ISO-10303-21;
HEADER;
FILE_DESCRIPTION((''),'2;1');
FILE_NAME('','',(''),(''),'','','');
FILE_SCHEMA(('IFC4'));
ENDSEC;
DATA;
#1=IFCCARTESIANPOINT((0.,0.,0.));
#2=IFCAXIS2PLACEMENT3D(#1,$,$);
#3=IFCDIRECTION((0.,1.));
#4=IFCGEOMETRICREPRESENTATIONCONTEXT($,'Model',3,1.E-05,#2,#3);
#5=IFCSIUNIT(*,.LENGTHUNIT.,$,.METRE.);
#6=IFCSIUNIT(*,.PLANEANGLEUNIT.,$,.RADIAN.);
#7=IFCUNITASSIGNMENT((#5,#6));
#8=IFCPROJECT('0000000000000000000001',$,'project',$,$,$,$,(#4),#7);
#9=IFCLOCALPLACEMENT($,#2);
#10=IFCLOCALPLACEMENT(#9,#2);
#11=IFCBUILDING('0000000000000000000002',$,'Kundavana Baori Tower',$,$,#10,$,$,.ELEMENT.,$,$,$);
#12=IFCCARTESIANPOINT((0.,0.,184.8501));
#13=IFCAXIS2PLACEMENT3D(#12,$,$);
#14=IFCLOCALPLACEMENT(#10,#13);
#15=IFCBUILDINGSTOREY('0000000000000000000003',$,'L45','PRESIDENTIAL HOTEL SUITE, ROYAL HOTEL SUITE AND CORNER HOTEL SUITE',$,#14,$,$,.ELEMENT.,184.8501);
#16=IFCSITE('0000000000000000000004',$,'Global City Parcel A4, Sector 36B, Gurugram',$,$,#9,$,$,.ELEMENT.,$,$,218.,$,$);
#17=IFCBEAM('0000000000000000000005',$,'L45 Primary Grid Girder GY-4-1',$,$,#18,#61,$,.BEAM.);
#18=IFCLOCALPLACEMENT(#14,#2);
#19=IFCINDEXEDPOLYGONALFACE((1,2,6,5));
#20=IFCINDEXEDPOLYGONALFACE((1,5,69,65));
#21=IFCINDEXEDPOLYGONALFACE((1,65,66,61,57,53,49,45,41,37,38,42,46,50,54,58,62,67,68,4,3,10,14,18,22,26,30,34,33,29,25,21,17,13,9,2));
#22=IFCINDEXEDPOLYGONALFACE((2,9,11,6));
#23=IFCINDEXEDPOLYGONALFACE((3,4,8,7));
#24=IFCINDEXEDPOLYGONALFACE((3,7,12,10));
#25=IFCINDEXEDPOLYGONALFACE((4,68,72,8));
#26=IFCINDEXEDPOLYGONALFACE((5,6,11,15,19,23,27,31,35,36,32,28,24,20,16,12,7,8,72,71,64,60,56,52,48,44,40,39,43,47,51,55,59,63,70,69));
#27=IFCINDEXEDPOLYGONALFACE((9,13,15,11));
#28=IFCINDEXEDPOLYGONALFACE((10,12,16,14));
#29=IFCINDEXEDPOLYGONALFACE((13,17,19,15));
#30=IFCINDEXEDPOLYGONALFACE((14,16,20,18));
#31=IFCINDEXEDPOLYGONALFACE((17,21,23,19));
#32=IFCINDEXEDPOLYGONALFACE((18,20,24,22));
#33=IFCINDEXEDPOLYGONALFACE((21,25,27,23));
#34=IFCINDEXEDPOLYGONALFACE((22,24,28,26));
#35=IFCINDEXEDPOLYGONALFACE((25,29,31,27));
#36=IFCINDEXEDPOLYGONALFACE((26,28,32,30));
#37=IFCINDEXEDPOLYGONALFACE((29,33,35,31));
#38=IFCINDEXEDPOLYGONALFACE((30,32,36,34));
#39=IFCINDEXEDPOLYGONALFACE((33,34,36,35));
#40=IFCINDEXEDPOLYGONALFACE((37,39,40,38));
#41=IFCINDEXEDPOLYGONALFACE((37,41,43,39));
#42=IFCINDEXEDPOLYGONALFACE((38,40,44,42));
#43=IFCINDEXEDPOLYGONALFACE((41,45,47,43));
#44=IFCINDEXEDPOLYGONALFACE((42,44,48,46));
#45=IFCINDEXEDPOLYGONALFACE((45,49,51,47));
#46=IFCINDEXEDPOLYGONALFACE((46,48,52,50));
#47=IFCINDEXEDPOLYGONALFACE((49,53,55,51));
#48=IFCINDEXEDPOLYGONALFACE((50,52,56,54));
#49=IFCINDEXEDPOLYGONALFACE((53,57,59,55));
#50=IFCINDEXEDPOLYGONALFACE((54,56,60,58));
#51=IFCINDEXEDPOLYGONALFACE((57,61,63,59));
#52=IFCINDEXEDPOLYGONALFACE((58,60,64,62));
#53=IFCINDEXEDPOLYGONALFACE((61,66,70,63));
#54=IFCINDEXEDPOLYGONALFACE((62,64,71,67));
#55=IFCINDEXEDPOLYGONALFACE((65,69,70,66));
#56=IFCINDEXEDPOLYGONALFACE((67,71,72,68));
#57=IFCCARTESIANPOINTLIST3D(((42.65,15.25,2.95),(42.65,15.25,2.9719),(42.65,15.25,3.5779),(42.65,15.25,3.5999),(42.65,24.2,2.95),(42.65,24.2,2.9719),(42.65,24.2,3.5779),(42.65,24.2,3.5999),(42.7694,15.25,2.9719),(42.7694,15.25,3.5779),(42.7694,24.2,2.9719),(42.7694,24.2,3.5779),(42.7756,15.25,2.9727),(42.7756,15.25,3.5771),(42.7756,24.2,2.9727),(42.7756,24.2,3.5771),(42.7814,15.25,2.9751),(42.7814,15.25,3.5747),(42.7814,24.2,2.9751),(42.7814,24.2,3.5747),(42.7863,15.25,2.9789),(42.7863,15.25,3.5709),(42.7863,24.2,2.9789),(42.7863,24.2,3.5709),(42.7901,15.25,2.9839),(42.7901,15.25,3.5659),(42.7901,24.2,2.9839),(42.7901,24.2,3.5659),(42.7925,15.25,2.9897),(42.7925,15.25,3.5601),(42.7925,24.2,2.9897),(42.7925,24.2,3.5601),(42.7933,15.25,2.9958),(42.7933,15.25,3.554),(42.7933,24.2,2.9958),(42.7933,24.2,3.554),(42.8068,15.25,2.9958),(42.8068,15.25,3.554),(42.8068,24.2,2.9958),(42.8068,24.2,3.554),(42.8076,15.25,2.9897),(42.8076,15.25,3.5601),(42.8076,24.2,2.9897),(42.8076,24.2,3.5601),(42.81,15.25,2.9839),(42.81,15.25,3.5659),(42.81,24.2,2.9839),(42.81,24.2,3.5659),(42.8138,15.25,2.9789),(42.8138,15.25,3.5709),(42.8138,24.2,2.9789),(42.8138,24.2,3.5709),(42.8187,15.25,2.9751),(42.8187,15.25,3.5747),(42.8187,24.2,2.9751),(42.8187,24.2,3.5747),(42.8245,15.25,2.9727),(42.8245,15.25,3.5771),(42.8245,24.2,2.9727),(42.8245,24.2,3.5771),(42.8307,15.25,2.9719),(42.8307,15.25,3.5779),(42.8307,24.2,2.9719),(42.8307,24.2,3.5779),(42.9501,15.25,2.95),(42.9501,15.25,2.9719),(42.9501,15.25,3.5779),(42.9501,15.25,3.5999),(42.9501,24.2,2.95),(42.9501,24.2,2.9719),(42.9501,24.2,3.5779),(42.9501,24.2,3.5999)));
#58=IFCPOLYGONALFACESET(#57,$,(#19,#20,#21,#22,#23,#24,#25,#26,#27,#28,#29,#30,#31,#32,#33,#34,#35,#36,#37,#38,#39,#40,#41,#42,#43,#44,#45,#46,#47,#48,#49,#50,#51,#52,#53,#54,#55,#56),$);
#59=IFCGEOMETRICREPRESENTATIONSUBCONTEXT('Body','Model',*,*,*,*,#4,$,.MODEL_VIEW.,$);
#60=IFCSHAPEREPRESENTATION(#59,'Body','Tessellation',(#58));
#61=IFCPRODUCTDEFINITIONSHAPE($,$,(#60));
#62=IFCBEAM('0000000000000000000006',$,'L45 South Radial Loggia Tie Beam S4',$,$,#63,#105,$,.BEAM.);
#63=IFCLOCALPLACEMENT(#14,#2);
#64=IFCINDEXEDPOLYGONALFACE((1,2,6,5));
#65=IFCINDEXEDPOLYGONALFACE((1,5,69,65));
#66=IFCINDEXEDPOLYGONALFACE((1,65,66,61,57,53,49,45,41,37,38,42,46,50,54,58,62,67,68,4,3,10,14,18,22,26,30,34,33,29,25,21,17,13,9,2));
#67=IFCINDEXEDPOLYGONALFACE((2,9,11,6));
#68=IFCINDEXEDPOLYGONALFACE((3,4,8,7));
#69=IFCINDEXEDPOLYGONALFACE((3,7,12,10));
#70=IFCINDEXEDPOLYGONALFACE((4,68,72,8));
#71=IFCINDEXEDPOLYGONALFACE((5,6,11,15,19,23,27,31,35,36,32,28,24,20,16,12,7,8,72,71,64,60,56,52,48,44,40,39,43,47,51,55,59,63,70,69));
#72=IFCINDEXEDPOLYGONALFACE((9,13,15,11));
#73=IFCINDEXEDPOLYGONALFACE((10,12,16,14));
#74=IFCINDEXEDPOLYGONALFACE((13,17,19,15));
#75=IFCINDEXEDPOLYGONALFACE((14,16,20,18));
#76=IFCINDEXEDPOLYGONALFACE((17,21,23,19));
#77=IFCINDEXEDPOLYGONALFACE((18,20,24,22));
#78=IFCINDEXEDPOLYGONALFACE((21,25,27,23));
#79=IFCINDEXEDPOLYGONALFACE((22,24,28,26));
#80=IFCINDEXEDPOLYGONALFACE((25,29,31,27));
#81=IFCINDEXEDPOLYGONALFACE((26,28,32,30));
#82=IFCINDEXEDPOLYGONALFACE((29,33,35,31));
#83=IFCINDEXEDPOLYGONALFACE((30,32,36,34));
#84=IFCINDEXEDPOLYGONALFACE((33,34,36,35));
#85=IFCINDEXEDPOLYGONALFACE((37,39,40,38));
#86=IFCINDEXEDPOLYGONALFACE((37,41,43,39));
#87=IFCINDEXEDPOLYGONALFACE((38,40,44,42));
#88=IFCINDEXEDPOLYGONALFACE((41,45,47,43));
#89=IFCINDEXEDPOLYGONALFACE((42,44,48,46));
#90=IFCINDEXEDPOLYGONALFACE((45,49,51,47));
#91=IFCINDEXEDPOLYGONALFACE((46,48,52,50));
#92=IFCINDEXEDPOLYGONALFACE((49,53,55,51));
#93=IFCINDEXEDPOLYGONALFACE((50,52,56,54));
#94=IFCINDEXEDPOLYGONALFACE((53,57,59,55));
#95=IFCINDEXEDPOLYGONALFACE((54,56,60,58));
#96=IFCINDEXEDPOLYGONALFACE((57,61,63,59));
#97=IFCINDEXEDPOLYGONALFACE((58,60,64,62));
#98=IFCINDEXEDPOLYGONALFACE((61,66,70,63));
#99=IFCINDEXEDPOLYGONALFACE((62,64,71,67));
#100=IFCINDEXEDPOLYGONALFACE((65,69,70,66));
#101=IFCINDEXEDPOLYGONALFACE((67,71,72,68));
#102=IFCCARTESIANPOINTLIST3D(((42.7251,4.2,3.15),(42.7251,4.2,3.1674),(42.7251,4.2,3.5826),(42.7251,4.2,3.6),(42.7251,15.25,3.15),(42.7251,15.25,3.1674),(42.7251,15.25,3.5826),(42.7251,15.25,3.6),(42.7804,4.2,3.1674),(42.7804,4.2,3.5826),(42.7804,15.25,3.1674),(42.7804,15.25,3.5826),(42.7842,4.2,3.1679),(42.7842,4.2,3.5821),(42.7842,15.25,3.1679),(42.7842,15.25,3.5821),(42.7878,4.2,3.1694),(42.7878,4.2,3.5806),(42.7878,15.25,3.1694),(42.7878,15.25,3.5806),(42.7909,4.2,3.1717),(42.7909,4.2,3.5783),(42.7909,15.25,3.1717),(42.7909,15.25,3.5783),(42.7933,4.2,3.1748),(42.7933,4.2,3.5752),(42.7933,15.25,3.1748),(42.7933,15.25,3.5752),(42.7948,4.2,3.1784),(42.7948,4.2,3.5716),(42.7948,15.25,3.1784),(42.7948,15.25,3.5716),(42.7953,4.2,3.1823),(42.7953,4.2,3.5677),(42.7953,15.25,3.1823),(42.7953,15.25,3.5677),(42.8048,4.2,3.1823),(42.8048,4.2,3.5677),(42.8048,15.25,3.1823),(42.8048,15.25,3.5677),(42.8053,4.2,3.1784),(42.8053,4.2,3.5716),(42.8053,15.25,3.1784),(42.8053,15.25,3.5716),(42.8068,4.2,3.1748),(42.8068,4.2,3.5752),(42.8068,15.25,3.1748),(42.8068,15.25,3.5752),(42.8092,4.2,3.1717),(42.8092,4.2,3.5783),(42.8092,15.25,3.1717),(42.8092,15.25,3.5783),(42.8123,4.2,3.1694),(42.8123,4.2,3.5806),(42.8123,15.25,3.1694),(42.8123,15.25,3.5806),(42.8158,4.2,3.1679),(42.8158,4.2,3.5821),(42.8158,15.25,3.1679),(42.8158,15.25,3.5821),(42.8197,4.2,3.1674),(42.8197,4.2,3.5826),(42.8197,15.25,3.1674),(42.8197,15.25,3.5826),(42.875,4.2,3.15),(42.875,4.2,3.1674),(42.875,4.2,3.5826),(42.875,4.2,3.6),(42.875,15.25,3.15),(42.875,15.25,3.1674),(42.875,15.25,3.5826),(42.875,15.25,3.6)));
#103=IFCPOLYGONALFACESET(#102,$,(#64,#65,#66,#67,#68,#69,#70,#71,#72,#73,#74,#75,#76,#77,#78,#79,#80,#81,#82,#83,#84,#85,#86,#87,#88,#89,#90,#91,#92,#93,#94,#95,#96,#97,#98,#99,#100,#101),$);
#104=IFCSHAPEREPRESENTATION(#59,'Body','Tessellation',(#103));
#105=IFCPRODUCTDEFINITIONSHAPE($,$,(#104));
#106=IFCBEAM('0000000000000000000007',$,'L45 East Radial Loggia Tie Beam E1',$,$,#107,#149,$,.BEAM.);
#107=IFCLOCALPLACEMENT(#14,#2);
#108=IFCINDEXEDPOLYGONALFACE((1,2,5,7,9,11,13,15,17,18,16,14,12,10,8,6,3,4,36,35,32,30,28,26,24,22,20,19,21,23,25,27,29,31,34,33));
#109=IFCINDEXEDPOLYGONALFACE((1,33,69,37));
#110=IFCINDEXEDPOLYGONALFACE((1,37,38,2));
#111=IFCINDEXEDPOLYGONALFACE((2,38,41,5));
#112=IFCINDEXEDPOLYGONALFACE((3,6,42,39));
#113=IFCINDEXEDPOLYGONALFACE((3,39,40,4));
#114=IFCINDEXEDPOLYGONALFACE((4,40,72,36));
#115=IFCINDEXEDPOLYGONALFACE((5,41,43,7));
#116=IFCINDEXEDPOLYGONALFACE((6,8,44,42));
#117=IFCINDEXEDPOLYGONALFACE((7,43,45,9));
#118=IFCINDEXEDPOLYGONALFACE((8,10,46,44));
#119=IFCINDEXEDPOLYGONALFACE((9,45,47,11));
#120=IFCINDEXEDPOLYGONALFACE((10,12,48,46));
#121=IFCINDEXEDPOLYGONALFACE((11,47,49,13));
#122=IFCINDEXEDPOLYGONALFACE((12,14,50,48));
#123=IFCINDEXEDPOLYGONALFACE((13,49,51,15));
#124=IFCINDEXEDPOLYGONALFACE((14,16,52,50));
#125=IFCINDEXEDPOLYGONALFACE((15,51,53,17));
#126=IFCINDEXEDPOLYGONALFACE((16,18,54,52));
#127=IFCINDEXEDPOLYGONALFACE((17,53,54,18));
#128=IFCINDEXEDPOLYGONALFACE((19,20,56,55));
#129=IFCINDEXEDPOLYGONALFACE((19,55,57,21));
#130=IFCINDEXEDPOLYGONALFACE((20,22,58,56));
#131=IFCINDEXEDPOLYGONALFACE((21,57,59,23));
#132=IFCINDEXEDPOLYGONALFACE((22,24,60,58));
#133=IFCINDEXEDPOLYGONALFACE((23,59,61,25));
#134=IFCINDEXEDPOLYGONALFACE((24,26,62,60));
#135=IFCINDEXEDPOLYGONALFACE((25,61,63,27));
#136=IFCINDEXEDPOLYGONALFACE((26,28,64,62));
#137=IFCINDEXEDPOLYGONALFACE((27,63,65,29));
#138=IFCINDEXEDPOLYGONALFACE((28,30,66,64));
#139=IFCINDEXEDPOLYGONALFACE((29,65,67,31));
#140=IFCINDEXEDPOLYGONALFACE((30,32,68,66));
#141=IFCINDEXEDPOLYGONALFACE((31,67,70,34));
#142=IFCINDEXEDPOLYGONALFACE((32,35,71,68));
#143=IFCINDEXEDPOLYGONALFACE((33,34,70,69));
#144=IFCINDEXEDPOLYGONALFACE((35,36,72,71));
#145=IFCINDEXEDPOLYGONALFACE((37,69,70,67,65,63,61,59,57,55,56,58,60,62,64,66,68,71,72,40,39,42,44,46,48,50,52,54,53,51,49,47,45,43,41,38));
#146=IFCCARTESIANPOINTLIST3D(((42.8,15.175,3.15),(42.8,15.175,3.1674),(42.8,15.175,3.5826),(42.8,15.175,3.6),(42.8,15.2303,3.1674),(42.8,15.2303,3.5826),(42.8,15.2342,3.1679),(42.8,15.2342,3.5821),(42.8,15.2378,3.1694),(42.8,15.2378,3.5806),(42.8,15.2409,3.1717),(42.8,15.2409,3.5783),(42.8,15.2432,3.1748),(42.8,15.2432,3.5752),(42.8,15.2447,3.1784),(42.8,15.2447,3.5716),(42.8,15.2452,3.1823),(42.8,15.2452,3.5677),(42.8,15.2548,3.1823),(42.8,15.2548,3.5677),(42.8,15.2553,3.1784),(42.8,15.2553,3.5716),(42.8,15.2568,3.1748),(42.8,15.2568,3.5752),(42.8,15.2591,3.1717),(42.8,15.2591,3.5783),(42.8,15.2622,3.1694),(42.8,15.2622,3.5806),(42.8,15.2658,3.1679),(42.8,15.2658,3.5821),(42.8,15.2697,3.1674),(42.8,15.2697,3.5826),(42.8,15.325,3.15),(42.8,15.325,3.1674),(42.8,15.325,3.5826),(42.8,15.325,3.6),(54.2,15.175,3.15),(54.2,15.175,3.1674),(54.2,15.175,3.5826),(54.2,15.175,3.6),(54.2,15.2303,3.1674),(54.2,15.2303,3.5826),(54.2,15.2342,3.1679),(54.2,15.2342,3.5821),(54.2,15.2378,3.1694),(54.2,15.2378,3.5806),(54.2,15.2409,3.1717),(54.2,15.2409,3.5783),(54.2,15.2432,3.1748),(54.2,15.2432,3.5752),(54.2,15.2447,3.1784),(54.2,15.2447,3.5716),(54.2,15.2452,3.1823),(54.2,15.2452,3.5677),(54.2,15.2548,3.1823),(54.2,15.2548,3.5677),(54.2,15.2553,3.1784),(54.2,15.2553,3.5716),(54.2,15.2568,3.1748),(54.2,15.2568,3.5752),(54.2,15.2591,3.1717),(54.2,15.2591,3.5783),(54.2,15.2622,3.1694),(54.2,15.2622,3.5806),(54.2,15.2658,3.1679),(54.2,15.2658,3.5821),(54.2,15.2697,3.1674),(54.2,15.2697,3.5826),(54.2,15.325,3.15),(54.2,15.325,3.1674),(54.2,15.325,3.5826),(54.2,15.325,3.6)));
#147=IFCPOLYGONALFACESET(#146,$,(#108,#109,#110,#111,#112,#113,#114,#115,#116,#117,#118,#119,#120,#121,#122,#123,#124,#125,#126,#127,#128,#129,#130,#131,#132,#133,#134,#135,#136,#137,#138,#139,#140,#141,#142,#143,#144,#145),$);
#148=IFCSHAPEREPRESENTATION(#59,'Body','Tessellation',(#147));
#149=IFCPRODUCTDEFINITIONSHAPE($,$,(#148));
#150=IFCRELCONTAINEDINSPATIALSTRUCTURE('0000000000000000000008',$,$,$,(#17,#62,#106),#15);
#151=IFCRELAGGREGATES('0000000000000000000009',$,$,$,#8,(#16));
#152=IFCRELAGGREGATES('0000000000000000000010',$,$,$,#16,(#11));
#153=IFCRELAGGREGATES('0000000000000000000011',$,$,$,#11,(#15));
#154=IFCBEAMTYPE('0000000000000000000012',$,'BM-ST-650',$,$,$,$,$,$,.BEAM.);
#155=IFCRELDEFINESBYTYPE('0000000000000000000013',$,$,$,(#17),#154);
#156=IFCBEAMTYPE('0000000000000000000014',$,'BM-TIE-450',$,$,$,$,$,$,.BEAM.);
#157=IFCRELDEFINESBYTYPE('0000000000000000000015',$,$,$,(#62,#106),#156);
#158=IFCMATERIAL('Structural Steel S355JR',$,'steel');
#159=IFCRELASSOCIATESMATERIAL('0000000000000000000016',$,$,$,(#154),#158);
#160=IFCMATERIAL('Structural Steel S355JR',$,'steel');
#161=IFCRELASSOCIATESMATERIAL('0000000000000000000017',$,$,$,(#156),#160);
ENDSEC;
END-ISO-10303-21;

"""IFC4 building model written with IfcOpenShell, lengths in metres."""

from ifc_helpers import new_model, si_unit, direction, frame, origin, origin_2d, place, context, subcontext, project, spatial, i_section, extrude, material, material_profile, profile_set, type_object, element, save


model = new_model("IFC4")

# Units and contexts
model_context = context("Model", 3, precision=1e-05, world=origin(), true_north=direction((0.0, 1.0)))
body_context = subcontext(model_context, "Body", "Model", "MODEL_VIEW")
ifc_project = project(units=[si_unit("LENGTHUNIT", "METRE"), si_unit("PLANEANGLEUNIT", "RADIAN")], contexts=[model_context])

# Site, building, storey
site_placement = place(None, origin())
site = spatial("IfcSite", under=ifc_project, at=site_placement, Name="Global City Parcel A4, Sector 36B, Gurugram", CompositionType="ELEMENT", RefElevation=218.0)
building_placement = place(site_placement, origin())
building = spatial("IfcBuilding", under=site, at=building_placement, Name="Kundavana Baori Tower", CompositionType="ELEMENT")
storey_placement = place(building_placement, frame((0.0, 0.0, 184.8501)))
storey = spatial("IfcBuildingStorey", under=building, at=storey_placement, Name="L45", Description="PRESIDENTIAL HOTEL SUITE, ROYAL HOTEL SUITE AND CORNER HOTEL SUITE", CompositionType="ELEMENT", Elevation=184.8501)

# Beams
ifc_material_1 = material(Name="Structural Steel S355JR", Category="steel")
ifc_material_profile_1 = material_profile(ifc_material_1, i_section(OverallWidth=0.3, OverallDepth=0.6499, WebThickness=0.0134, FlangeThickness=0.022, FilletRadius=0.0239, at=origin_2d()), Name="NPB 650x300x155")
ifc_profile_set_1 = profile_set([ifc_material_profile_1], Name="Structural Steel S355JR")
beam_type_1 = type_object("IfcBeamType", Name="BM-ST-650", PredefinedType="BEAM", material=ifc_profile_set_1)
beam_1_placement = place(storey_placement, frame((42.8, 15.25, 3.2749), z_axis=(0.0, 1.0, 0.0), x_axis=(-1.0, 0.0, 0.0)))
element("IfcBeam", 1, at=beam_1_placement, inside=storey, type_object=beam_type_1, Name="L45 Primary Grid Girder GY-4-1", PredefinedType="BEAM", context=body_context, shape_type="SweptSolid", body=[
    extrude(i_section(OverallWidth=0.3, OverallDepth=0.6499, WebThickness=0.0134, FlangeThickness=0.022, FilletRadius=0.0239, at=origin_2d()), origin(), (0.0, 0.0, 1.0), 8.95),
])
ifc_material_2 = material(Name="Structural Steel S355JR", Category="steel")
ifc_material_profile_2 = material_profile(ifc_material_2, i_section(OverallWidth=0.1499, OverallDepth=0.45, WebThickness=0.0095, FlangeThickness=0.0173, FilletRadius=0.0149, at=origin_2d()), Name="ISMB 450")
ifc_profile_set_2 = profile_set([ifc_material_profile_2], Name="Structural Steel S355JR")
beam_type_2 = type_object("IfcBeamType", Name="BM-TIE-450", PredefinedType="BEAM", material=ifc_profile_set_2)
beam_2_placement = place(storey_placement, frame((42.8, 15.25, 3.375), z_axis=(0.0, -1.0, 0.0), x_axis=(1.0, 0.0, 0.0)))
element("IfcBeam", 2, at=beam_2_placement, inside=storey, type_object=beam_type_2, Name="L45 South Radial Loggia Tie Beam S4", PredefinedType="BEAM", context=body_context, shape_type="SweptSolid", body=[
    extrude(i_section(OverallWidth=0.1499, OverallDepth=0.45, WebThickness=0.0095, FlangeThickness=0.0173, FilletRadius=0.0149, at=origin_2d()), origin(), (0.0, 0.0, 1.0), 11.05),
])
beam_3_placement = place(storey_placement, frame((42.8, 15.25, 3.375), z_axis=(1.0, 0.0, 0.0), x_axis=(0.0, 1.0, 0.0)))
element("IfcBeam", 3, at=beam_3_placement, inside=storey, type_object=beam_type_2, Name="L45 East Radial Loggia Tie Beam E1", PredefinedType="BEAM", context=body_context, shape_type="SweptSolid", body=[
    extrude(i_section(OverallWidth=0.1499, OverallDepth=0.45, WebThickness=0.0095, FlangeThickness=0.0173, FilletRadius=0.0149, at=origin_2d()), origin(), (0.0, 0.0, 1.0), 11.3999),
])

save(model, "model.ifc")
